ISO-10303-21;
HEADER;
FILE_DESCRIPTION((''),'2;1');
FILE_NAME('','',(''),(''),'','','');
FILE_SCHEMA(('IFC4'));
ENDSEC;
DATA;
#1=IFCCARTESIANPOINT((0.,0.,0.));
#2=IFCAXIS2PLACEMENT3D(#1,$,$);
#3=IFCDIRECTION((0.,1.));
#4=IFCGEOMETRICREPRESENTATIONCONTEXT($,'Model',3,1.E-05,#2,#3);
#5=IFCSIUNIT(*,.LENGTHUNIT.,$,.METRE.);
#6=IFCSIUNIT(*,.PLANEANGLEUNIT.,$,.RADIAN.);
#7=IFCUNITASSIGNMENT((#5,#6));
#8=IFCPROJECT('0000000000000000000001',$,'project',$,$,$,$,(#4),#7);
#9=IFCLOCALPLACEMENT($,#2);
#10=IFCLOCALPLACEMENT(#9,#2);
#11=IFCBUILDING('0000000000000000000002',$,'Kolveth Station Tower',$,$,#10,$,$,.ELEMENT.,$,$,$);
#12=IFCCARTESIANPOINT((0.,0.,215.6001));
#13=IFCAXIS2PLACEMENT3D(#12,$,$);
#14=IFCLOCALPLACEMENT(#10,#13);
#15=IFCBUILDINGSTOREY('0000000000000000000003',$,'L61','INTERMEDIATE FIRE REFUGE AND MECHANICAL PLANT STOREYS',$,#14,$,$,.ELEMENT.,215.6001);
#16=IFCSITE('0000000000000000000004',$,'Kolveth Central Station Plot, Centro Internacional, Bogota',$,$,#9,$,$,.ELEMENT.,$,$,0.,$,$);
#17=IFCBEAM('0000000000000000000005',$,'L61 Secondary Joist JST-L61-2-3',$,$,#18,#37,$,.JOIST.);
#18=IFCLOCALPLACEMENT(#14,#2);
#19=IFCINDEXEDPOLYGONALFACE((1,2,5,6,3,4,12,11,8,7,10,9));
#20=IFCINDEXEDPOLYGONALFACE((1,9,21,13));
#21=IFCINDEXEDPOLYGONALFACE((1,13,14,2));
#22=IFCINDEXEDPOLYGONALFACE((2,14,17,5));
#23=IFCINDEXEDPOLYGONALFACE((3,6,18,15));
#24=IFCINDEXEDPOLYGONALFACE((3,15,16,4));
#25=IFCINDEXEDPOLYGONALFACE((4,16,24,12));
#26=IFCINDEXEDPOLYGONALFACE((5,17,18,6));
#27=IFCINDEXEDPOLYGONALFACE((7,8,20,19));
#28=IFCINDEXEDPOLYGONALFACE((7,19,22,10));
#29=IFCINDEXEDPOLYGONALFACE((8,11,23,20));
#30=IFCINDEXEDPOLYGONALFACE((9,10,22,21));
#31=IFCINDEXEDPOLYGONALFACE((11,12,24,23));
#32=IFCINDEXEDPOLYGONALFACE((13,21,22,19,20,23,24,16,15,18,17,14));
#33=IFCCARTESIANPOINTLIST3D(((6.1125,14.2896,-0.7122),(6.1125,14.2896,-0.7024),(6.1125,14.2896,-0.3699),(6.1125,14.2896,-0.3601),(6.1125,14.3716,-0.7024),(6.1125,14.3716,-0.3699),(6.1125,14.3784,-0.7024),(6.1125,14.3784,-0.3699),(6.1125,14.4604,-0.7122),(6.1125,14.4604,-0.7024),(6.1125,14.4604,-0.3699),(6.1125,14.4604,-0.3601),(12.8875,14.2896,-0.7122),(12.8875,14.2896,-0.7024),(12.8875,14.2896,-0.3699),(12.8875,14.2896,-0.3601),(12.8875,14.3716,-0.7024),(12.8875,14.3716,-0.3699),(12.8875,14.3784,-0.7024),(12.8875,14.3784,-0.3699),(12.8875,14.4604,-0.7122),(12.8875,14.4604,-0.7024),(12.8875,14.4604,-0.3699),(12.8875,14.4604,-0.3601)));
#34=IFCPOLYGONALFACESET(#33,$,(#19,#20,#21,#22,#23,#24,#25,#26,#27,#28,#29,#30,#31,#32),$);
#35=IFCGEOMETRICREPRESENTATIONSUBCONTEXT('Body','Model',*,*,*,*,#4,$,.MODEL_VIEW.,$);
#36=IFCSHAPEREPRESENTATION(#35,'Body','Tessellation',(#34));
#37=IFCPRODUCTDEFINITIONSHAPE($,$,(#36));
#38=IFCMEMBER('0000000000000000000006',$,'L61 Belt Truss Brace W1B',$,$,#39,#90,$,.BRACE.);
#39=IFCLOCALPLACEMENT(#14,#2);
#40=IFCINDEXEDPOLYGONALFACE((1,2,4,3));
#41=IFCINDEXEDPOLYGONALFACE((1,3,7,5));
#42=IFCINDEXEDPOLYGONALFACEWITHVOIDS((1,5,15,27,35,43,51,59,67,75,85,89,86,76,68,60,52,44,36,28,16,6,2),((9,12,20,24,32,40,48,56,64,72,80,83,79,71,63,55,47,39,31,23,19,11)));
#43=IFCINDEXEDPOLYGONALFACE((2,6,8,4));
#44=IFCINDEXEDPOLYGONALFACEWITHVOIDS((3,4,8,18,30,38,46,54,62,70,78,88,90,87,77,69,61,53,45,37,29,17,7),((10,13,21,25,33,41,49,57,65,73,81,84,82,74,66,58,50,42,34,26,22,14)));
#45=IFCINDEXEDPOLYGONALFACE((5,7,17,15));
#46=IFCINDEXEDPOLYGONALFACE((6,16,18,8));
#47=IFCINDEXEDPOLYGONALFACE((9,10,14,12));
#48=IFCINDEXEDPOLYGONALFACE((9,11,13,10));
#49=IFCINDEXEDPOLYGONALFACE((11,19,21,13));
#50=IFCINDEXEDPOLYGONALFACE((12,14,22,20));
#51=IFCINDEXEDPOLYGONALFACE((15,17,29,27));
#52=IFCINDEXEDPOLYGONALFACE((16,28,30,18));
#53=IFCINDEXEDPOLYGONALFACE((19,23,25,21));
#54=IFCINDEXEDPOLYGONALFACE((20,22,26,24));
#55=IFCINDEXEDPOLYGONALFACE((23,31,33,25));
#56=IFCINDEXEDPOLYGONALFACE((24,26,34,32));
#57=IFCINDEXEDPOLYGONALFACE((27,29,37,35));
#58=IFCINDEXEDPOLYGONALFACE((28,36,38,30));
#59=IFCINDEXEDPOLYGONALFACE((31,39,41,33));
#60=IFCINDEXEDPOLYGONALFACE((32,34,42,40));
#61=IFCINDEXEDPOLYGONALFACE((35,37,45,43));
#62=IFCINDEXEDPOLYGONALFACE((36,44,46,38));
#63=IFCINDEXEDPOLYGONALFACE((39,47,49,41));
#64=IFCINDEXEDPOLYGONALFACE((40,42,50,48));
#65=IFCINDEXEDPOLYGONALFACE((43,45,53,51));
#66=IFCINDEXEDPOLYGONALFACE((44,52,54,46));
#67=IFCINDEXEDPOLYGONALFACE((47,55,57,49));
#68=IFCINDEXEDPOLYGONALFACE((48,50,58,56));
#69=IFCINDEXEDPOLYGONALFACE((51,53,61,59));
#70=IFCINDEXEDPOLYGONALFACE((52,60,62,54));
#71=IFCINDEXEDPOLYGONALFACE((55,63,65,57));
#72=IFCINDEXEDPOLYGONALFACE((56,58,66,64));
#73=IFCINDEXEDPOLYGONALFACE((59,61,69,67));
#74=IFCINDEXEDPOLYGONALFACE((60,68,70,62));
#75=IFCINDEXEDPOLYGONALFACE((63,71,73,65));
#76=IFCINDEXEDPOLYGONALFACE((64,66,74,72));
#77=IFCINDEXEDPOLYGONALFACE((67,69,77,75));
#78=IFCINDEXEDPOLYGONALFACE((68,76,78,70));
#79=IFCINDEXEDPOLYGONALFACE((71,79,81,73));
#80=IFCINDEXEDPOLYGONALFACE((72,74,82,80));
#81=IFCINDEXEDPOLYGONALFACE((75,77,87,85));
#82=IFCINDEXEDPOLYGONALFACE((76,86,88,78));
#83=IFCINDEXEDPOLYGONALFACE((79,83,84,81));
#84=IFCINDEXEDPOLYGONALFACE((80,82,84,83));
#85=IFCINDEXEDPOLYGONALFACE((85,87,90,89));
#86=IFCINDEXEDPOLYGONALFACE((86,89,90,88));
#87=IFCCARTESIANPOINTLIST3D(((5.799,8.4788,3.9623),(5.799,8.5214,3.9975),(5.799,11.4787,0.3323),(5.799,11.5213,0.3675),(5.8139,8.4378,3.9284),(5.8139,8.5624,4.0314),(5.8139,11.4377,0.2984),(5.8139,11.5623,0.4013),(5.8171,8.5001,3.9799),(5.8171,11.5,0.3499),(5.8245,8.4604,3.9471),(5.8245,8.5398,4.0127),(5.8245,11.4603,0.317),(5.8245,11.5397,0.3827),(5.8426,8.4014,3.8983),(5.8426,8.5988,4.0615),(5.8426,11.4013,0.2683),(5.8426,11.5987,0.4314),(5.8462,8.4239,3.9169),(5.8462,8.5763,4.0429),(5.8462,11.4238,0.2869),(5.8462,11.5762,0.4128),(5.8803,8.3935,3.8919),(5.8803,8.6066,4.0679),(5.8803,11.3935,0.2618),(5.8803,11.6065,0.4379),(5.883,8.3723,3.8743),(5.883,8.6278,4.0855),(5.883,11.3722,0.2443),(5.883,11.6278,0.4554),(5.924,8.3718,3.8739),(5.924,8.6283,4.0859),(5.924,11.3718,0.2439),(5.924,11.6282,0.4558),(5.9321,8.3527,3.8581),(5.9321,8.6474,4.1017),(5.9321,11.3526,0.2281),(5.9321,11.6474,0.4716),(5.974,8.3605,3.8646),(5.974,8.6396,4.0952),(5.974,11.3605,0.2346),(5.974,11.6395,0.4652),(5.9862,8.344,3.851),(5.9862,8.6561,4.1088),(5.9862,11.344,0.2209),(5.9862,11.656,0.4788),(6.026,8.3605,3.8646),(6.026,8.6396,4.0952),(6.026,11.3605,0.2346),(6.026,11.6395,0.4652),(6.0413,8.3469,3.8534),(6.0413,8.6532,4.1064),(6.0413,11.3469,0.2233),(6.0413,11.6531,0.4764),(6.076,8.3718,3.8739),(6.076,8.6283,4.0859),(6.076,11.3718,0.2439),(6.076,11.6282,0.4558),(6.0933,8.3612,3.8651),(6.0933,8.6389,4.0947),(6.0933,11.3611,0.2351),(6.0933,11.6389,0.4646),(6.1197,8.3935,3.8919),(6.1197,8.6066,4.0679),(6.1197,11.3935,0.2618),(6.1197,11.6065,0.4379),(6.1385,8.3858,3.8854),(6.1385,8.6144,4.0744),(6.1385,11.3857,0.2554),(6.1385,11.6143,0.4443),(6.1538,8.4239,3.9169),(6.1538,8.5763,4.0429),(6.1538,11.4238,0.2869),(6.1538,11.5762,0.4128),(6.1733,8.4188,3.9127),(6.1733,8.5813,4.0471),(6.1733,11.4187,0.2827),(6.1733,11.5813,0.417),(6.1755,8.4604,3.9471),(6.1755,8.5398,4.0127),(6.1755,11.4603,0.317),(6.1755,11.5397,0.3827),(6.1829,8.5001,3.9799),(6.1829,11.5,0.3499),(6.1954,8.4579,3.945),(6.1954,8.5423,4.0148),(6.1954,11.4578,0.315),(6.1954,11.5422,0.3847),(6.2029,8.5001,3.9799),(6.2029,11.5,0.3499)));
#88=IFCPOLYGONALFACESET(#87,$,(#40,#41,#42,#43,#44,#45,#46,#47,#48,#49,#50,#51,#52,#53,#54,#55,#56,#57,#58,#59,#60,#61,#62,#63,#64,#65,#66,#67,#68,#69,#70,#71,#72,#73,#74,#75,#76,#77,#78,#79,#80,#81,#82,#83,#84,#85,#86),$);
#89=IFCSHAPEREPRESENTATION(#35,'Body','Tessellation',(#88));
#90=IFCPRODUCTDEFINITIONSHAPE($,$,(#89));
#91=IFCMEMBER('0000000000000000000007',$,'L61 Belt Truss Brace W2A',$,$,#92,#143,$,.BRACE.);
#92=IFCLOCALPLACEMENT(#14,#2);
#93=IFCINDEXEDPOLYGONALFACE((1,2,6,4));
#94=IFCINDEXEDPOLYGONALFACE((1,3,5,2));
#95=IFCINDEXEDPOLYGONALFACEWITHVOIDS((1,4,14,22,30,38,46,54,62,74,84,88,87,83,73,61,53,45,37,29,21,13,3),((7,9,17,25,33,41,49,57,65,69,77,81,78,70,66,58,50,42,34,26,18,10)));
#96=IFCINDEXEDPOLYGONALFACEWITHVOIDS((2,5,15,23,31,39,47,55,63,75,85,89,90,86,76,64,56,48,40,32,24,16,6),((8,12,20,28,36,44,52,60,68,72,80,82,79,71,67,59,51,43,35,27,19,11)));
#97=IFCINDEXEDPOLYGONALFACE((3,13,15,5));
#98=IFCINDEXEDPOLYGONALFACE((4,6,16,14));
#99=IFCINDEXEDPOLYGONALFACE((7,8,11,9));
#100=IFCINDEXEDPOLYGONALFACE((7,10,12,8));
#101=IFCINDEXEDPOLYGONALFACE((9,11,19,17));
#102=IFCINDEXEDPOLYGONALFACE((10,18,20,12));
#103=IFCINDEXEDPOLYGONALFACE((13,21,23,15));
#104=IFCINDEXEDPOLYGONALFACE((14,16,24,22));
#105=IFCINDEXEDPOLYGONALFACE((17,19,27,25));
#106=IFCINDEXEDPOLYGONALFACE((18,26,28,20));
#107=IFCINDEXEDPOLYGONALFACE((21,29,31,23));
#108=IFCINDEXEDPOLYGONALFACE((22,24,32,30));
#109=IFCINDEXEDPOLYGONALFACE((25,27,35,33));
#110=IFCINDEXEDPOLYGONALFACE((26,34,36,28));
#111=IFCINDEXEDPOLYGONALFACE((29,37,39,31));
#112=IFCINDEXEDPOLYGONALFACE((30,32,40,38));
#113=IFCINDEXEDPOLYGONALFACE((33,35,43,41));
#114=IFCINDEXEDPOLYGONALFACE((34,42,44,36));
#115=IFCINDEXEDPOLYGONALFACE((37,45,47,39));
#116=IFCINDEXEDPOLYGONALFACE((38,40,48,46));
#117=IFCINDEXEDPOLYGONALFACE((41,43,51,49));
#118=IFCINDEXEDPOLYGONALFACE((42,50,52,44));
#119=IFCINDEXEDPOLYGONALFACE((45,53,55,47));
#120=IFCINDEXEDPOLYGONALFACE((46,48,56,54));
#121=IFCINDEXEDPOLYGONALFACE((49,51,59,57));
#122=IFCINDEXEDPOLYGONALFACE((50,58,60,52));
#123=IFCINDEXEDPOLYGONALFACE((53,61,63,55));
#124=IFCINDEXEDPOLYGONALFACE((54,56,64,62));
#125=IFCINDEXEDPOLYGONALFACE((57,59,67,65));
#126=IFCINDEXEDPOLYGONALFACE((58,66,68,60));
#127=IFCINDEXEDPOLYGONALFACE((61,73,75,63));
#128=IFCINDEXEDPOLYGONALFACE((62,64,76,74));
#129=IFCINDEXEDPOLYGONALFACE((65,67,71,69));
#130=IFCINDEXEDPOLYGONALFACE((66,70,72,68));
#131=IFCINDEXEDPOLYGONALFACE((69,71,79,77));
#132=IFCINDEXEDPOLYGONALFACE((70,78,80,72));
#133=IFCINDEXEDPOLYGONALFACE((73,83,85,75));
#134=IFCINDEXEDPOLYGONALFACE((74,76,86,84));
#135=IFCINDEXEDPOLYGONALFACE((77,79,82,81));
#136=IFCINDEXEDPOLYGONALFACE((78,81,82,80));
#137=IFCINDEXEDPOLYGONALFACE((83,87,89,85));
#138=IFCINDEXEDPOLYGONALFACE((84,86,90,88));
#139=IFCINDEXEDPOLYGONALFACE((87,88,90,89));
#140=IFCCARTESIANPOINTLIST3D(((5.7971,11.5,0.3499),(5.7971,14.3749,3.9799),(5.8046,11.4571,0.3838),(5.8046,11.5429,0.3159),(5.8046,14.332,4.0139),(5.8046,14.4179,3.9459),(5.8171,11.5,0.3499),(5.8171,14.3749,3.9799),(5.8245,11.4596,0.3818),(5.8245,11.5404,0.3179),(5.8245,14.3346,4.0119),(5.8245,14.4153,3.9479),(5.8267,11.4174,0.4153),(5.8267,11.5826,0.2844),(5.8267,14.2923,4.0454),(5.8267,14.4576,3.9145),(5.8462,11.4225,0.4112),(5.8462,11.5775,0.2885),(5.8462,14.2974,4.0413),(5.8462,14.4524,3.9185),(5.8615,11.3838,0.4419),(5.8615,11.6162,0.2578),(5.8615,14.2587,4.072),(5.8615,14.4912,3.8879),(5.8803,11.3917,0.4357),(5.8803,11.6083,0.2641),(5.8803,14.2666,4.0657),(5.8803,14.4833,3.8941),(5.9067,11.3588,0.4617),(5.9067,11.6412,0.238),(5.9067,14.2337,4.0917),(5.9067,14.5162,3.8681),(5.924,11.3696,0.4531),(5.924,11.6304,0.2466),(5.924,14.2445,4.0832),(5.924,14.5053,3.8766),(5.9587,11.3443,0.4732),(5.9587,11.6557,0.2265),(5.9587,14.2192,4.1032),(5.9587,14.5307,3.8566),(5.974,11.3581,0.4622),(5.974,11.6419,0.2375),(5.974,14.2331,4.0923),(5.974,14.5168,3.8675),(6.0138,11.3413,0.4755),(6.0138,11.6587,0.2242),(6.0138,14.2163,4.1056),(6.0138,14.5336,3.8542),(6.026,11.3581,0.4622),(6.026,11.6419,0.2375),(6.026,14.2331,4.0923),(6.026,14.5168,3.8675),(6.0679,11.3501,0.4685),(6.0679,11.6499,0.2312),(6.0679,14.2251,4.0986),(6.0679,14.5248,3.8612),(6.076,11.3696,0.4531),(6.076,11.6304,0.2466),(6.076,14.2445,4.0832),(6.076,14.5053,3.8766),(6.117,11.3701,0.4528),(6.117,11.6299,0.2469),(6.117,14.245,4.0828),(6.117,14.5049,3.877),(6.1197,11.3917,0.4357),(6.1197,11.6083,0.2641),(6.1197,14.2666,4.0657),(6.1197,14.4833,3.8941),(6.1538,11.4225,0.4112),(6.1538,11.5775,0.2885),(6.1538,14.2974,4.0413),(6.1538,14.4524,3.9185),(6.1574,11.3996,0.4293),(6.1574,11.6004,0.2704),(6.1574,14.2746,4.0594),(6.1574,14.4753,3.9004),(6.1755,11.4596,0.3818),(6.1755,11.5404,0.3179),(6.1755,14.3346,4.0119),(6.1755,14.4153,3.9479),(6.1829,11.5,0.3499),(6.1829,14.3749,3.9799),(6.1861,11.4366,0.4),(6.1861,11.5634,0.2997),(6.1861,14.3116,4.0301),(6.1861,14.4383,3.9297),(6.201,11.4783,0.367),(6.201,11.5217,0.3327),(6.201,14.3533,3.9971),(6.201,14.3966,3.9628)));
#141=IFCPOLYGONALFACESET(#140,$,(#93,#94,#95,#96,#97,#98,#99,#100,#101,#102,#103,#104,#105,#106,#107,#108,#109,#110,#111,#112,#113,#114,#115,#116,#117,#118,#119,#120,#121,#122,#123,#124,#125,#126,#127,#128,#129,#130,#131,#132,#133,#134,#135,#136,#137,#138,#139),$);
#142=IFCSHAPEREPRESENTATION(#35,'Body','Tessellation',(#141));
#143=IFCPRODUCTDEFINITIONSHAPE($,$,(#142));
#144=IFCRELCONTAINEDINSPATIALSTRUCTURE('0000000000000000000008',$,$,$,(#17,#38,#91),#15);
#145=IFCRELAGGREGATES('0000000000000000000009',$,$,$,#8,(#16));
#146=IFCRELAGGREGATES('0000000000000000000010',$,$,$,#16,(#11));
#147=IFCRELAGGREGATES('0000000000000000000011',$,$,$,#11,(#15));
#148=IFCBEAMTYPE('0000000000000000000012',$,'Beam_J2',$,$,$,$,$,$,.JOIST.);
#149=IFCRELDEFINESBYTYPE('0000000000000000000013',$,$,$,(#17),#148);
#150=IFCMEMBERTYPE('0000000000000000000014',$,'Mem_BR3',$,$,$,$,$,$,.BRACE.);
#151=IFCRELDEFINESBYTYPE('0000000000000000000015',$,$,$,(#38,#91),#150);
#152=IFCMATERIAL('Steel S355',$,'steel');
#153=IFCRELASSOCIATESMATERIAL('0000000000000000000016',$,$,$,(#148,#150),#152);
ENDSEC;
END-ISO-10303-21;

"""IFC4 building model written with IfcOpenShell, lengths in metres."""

from ifc_helpers import new_model, si_unit, direction, frame, origin, origin_2d, place, context, subcontext, project, spatial, hollow_circle, i_section, extrude, source, transform, mapped, material, material_profile, profile_set, type_object, element, save


model = new_model("IFC4")

# Units and contexts
model_context = context("Model", 3, precision=1e-05, world=origin(), true_north=direction((0.0, 1.0)))
body_context = subcontext(model_context, "Body", "Model", "MODEL_VIEW")
ifc_project = project(units=[si_unit("LENGTHUNIT", "METRE"), si_unit("PLANEANGLEUNIT", "RADIAN")], contexts=[model_context])

# Site, building, storey
site_placement = place(None, origin())
site = spatial("IfcSite", under=ifc_project, at=site_placement, Name="Kolveth Central Station Plot, Centro Internacional, Bogota", CompositionType="ELEMENT", RefElevation=0.0)
building_placement = place(site_placement, origin())
building = spatial("IfcBuilding", under=site, at=building_placement, Name="Kolveth Station Tower", CompositionType="ELEMENT")
storey_placement = place(building_placement, frame((0.0, 0.0, 215.6001)))
storey = spatial("IfcBuildingStorey", under=building, at=storey_placement, Name="L61", Description="INTERMEDIATE FIRE REFUGE AND MECHANICAL PLANT STOREYS", CompositionType="ELEMENT", Elevation=215.6001)

# Shared definitions
ifc_material_1 = material(Name="Steel S355", Category="steel")

# Beam
ifc_material_profile_1 = material_profile(ifc_material_1, i_section(OverallWidth=0.1709, OverallDepth=0.3521, WebThickness=0.0068, FlangeThickness=0.0098, at=origin_2d()), Name="W360x44")
ifc_profile_set_1 = profile_set([ifc_material_profile_1], Name="Steel S355")
beam_type_1 = type_object("IfcBeamType", Name="Beam_J2", PredefinedType="JOIST", material=ifc_profile_set_1)
shared_shape_1 = source(origin(), body_context, "Body", "SweptSolid", [
    extrude(i_section(OverallWidth=0.1709, OverallDepth=0.3521, WebThickness=0.0068, FlangeThickness=0.0098, at=origin_2d()), origin(), (0.0, 0.0, 1.0), 6.7749),
])
for number, where, z_axis, x_axis, name in (
    (1, (6.1125, 14.375, -0.5361), (1.0, 0.0, 0.0), (0.0, 1.0, 0.0), "L61 Secondary Joist JST-L61-2-3"),
):
    element("IfcBeam", number, at=place(storey_placement, frame(where, z_axis=z_axis, x_axis=x_axis)), inside=storey, type_object=beam_type_1, Name=name, PredefinedType="JOIST", context=body_context, shape_type="MappedRepresentation", body=[
        mapped(shared_shape_1, transform((0.0, 0.0, 0.0), x_axis=(1.0, 0.0, 0.0), y_axis=(0.0, 1.0, 0.0), z_axis=(0.0, 0.0, 1.0), scale=1.0)),
    ])

# Members
ifc_material_profile_2 = material_profile(ifc_material_1, hollow_circle(Radius=0.2029, WallThickness=0.02, at=origin_2d()), Name="CHS406x20")
ifc_profile_set_2 = profile_set([ifc_material_profile_2], Name="Steel S355")
member_type_1 = type_object("IfcMemberType", Name="Mem_BR3", PredefinedType="BRACE", material=ifc_profile_set_2)
shared_shape_2 = source(origin(), body_context, "Body", "SweptSolid", [
    extrude(hollow_circle(Radius=0.2029, WallThickness=0.02, at=origin_2d()), origin(), (0.0, 0.0, 1.0), 4.7092),
])
member_1_placement = place(storey_placement, frame((6.0, 11.5, 0.3499), z_axis=(0.0, -0.637033, 0.770837), x_axis=(1.0, 0.0, 0.0)))
element("IfcMember", 2, at=member_1_placement, inside=storey, type_object=member_type_1, Name="L61 Belt Truss Brace W1B", PredefinedType="BRACE", context=body_context, shape_type="MappedRepresentation", body=[
    mapped(shared_shape_2, transform((0.0, 0.0, 0.0), x_axis=(1.0, 0.0, 0.0), y_axis=(0.0, 1.0, 0.0), z_axis=(0.0, 0.0, 1.0), scale=1.0)),
])
shared_shape_3 = source(origin(), body_context, "Body", "SweptSolid", [
    extrude(hollow_circle(Radius=0.2029, WallThickness=0.02, at=origin_2d()), origin(), (0.0, 0.0, 1.0), 4.6306),
])
member_2_placement = place(storey_placement, frame((6.0, 11.5, 0.3499), z_axis=(0.0, 0.620856, 0.783925), x_axis=(-1.0, 0.0, 0.0)))
element("IfcMember", 3, at=member_2_placement, inside=storey, type_object=member_type_1, Name="L61 Belt Truss Brace W2A", PredefinedType="BRACE", context=body_context, shape_type="MappedRepresentation", body=[
    mapped(shared_shape_3, transform((0.0, 0.0, 0.0), x_axis=(1.0, 0.0, 0.0), y_axis=(0.0, 1.0, 0.0), z_axis=(0.0, 0.0, 1.0), scale=1.0)),
])

save(model, "model.ifc")
